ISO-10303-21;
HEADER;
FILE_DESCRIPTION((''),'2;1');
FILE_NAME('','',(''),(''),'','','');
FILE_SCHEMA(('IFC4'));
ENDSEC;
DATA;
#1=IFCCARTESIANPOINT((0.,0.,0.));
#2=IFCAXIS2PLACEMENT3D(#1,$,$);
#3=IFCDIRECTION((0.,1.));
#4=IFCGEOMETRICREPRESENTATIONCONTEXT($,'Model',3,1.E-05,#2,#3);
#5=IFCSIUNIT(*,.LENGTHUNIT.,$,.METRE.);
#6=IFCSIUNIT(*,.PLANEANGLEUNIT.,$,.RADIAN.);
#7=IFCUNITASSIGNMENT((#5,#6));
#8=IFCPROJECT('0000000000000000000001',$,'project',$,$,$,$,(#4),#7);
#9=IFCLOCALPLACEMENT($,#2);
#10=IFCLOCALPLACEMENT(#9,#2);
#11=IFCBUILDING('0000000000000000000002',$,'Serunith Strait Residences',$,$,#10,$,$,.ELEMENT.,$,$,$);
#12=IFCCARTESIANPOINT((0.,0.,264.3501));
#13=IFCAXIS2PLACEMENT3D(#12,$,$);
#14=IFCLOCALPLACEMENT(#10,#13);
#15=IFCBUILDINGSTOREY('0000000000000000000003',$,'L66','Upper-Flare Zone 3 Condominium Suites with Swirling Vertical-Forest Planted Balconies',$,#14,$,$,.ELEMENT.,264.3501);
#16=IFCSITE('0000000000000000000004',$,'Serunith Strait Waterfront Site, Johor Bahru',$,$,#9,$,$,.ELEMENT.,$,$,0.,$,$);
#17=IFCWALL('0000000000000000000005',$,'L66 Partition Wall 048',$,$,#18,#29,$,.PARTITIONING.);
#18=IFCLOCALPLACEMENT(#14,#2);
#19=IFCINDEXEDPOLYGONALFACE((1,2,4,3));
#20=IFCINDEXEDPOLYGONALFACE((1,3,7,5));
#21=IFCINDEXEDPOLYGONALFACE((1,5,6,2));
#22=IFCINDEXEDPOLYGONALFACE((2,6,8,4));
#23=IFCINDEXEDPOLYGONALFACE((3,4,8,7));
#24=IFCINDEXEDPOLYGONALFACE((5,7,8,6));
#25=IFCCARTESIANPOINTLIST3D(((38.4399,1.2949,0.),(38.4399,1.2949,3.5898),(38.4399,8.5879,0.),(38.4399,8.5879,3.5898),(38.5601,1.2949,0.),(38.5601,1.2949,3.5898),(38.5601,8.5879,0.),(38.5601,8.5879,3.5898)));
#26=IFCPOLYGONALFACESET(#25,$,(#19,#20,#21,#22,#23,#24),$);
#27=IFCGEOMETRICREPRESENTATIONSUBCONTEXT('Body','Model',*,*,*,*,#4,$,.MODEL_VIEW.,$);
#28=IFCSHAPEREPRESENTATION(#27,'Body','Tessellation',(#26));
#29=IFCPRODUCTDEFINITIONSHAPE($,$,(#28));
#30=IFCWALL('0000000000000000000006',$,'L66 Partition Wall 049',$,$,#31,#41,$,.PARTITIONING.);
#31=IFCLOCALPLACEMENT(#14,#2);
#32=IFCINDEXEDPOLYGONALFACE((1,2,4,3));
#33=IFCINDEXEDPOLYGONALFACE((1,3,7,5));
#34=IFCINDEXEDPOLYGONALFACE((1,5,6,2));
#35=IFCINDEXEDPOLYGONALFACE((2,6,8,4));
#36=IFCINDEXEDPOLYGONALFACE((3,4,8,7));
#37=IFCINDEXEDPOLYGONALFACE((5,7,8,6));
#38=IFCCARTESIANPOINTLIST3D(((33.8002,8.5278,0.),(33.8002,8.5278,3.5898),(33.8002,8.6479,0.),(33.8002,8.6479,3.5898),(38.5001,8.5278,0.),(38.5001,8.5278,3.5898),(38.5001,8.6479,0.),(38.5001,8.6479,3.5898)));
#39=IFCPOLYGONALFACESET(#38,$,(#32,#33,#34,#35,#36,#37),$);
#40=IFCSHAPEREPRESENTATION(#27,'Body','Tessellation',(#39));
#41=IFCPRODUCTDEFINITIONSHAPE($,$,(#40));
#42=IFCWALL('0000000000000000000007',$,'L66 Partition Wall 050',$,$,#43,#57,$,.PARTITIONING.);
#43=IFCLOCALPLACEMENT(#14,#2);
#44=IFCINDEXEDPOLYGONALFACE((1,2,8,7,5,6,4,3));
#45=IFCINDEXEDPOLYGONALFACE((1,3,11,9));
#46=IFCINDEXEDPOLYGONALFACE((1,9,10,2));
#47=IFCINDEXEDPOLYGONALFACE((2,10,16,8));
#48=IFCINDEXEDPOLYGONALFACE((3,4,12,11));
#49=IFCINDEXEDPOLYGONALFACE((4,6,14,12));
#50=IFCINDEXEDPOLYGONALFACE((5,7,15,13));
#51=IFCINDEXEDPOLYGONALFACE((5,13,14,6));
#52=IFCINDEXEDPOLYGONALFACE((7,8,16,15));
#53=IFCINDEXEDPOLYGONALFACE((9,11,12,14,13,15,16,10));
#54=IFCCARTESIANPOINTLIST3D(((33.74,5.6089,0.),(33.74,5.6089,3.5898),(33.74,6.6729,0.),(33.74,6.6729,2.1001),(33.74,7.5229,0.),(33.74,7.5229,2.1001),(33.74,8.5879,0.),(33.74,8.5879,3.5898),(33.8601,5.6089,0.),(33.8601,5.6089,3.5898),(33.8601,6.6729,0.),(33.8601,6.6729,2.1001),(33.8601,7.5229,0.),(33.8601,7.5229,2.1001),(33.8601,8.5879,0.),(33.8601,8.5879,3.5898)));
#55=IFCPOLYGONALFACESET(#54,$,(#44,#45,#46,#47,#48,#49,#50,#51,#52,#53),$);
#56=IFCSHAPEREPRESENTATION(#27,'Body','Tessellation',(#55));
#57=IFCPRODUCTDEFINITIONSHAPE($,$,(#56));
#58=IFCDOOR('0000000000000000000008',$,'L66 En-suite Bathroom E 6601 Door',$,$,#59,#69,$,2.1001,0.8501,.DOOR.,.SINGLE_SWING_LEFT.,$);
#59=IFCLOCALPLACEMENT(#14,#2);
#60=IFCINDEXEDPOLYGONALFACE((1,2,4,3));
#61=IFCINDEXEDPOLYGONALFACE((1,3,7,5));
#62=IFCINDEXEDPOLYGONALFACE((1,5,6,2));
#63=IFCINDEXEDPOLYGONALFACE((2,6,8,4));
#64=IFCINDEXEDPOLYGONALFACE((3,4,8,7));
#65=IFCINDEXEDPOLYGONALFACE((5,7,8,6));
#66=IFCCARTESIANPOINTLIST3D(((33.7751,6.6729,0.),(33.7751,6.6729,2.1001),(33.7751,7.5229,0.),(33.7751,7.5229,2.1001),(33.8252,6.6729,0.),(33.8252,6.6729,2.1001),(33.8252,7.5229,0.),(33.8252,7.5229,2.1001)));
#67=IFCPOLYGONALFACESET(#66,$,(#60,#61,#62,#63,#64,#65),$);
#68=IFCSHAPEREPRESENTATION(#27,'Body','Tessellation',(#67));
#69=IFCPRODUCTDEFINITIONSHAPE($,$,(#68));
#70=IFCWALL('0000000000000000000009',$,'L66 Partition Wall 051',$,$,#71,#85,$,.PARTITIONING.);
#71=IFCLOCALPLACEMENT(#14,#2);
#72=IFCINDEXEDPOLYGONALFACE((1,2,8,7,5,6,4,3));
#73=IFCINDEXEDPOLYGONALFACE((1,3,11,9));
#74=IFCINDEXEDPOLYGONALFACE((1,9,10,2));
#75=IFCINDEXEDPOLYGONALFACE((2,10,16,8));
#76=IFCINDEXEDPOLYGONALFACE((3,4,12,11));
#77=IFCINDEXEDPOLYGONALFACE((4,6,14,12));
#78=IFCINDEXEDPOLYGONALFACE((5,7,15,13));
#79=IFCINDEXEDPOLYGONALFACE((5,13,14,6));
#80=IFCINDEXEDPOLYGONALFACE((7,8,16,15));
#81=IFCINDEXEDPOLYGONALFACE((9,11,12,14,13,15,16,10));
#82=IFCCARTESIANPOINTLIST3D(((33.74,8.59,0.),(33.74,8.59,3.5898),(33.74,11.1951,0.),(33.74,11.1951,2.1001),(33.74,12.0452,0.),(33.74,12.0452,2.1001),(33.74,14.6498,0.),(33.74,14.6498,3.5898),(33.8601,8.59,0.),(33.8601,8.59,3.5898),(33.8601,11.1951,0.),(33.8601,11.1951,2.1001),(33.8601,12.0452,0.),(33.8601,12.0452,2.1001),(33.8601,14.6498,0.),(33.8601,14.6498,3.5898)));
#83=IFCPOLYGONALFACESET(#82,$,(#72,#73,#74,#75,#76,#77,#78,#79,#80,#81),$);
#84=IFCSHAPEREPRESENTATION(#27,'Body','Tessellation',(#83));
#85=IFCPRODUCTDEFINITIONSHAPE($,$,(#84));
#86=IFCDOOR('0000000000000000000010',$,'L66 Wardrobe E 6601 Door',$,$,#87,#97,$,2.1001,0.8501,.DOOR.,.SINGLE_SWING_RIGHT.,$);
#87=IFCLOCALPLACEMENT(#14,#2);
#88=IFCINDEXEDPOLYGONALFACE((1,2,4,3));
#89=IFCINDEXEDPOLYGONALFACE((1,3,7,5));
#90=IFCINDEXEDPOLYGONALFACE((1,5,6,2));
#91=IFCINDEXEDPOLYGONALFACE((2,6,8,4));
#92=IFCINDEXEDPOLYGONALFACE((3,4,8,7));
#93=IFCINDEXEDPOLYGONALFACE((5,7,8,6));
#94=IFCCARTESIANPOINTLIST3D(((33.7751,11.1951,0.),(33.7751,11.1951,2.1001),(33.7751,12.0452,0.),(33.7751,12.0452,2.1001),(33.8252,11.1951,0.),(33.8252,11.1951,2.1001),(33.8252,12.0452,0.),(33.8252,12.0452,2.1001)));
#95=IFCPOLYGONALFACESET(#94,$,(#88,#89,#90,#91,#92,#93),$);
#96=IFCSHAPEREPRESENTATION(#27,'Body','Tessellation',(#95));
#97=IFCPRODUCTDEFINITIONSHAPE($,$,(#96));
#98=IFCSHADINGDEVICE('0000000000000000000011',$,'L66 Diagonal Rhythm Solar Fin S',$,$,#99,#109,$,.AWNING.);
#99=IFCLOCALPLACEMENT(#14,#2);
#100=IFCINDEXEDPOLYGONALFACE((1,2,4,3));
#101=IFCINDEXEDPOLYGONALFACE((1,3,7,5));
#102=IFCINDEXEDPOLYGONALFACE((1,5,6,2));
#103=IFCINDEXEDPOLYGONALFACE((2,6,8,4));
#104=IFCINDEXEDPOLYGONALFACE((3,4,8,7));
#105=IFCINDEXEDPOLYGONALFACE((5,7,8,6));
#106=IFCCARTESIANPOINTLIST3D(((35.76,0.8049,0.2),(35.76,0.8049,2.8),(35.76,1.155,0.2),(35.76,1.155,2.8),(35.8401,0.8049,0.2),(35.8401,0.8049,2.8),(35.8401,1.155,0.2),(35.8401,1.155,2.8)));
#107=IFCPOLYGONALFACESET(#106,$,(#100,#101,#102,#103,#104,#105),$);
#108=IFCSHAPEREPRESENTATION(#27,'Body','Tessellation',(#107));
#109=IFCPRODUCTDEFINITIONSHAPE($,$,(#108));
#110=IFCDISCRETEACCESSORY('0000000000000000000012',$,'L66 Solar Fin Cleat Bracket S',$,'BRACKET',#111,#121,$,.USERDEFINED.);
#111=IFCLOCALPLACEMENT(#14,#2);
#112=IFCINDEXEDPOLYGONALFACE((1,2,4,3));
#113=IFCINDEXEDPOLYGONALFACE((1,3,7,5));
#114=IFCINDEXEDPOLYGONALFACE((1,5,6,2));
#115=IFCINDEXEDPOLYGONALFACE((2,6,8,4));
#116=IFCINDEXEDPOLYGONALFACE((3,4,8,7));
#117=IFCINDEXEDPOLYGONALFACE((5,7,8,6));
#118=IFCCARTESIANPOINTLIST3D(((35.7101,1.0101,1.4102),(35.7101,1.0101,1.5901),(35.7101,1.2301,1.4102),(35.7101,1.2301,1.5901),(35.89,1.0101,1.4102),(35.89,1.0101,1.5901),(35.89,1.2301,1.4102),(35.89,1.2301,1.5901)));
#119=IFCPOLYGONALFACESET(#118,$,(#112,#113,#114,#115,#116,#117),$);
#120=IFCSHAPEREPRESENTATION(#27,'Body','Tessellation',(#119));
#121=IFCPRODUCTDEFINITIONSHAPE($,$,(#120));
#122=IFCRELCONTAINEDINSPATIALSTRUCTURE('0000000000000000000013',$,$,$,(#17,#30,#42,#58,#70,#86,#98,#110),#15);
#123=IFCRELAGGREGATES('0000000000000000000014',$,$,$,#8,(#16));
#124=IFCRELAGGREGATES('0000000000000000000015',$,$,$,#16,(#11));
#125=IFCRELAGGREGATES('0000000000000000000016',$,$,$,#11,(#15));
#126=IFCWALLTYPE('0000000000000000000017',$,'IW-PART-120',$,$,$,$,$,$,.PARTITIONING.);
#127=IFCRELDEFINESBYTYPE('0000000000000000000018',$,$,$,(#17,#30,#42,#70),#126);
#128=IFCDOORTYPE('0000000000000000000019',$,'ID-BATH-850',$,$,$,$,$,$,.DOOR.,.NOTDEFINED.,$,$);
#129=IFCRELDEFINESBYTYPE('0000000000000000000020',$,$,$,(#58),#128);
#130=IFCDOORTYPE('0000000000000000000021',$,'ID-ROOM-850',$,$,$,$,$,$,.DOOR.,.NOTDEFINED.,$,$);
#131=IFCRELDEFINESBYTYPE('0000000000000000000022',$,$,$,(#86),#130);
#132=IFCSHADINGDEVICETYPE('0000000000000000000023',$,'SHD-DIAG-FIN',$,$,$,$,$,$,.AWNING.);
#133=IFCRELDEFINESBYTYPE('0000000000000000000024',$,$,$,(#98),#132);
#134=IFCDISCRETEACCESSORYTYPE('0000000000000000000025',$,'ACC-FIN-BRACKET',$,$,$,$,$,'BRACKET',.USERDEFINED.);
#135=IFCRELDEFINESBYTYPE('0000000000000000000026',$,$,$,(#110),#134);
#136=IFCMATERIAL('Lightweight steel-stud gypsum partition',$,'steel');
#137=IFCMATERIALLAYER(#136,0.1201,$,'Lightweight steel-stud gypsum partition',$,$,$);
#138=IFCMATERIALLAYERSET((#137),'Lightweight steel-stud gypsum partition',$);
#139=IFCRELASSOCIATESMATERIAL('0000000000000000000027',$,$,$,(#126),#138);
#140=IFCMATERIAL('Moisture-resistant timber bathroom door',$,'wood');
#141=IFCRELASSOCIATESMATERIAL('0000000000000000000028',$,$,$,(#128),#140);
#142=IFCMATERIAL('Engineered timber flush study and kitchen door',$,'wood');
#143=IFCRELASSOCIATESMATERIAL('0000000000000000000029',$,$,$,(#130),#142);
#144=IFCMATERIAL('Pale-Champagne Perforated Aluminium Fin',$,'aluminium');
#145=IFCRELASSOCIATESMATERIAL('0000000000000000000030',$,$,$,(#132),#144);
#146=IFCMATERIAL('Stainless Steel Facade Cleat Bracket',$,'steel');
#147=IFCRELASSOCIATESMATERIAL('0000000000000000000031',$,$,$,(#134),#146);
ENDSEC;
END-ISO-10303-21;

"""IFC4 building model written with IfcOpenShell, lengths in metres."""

from ifc_helpers import new_model, si_unit, direction, frame, frame_2d, origin, origin_2d, place, context, subcontext, project, spatial, rectangle, extrude, source, transform, mapped, material, layer, layer_set, type_object, element, fill, save


model = new_model("IFC4")

# Units and contexts
model_context = context("Model", 3, precision=1e-05, world=origin(), true_north=direction((0.0, 1.0)))
body_context = subcontext(model_context, "Body", "Model", "MODEL_VIEW")
ifc_project = project(units=[si_unit("LENGTHUNIT", "METRE"), si_unit("PLANEANGLEUNIT", "RADIAN")], contexts=[model_context])

# Site, building, storey
site_placement = place(None, origin())
site = spatial("IfcSite", under=ifc_project, at=site_placement, Name="Serunith Strait Waterfront Site, Johor Bahru", CompositionType="ELEMENT", RefElevation=0.0)
building_placement = place(site_placement, origin())
building = spatial("IfcBuilding", under=site, at=building_placement, Name="Serunith Strait Residences", CompositionType="ELEMENT")
storey_placement = place(building_placement, frame((0.0, 0.0, 264.3501)))
storey = spatial("IfcBuildingStorey", under=building, at=storey_placement, Name="L66", Description="Upper-Flare Zone 3 Condominium Suites with Swirling Vertical-Forest Planted Balconies", CompositionType="ELEMENT", Elevation=264.3501)

# Walls
ifc_material_1 = material(Name="Lightweight steel-stud gypsum partition", Category="steel")
ifc_layer_1 = layer(ifc_material_1, 0.1201, Name="Lightweight steel-stud gypsum partition")
ifc_layer_set_1 = layer_set([ifc_layer_1], Name="Lightweight steel-stud gypsum partition")
wall_type = type_object("IfcWallType", Name="IW-PART-120", PredefinedType="PARTITIONING", material=ifc_layer_set_1)
wall_1_placement = place(storey_placement, frame((38.5, 1.2949, 0.0), z_axis=(0.0, 0.0, 1.0), x_axis=(0.0, 1.0, 0.0)))
element("IfcWall", 1, at=wall_1_placement, inside=storey, type_object=wall_type, Name="L66 Partition Wall 048", PredefinedType="PARTITIONING", context=body_context, shape_type="SweptSolid", body=[
    extrude(rectangle(XDim=7.293, YDim=0.1201, at=frame_2d((3.6465, 0.0))), origin(), (0.0, 0.0, 1.0), 3.5898),
])
wall_2_placement = place(storey_placement, frame((33.8, 8.5879, 0.0), z_axis=(0.0, 0.0, 1.0), x_axis=(1.0, 0.0, 0.0)))
element("IfcWall", 2, at=wall_2_placement, inside=storey, type_object=wall_type, Name="L66 Partition Wall 049", PredefinedType="PARTITIONING", context=body_context, shape_type="SweptSolid", body=[
    extrude(rectangle(XDim=4.7, YDim=0.1201, at=frame_2d((2.3501, 0.0))), origin(), (0.0, 0.0, 1.0), 3.5898),
])

# Walls, openings, doors
wall_3_placement = place(storey_placement, frame((33.8, 5.6089, 0.0), z_axis=(0.0, 0.0, 1.0), x_axis=(0.0, 1.0, 0.0)))
wall_3 = element("IfcWall", 3, at=wall_3_placement, inside=storey, type_object=wall_type, Name="L66 Partition Wall 050", PredefinedType="PARTITIONING", context=body_context, shape_type="SweptSolid", body=[
    extrude(rectangle(XDim=2.979, YDim=0.1201, at=frame_2d((1.4895, 0.0))), origin(), (0.0, 0.0, 1.0), 3.5898),
])
opening_1_placement = place(wall_3_placement, frame((1.064, 0.0, 0.0)))
opening_1 = element("IfcOpeningElement", 4, at=opening_1_placement, cuts=wall_3, PredefinedType="OPENING", context=body_context, shape_type="SweptSolid", body=[
    extrude(rectangle(XDim=0.8501, YDim=2.1001, at=frame_2d((0.425, 1.05))), frame((0.0, 0.0701, 0.0), z_axis=(0.0, -1.0, 0.0), x_axis=(1.0, 0.0, 0.0)), (0.0, 0.0, 1.0), 0.1401),
])
ifc_material_2 = material(Name="Moisture-resistant timber bathroom door", Category="wood")
door_type_1 = type_object("IfcDoorType", Name="ID-BATH-850", OperationType="NOTDEFINED", PredefinedType="DOOR", material=ifc_material_2)
shared_shape_1 = source(origin(), body_context, "Body", "SweptSolid", [
    extrude(rectangle(XDim=0.8501, YDim=2.1001, at=frame_2d((0.425, 1.05))), frame((0.0, 0.0249, 0.0), z_axis=(0.0, -1.0, 0.0), x_axis=(1.0, 0.0, 0.0)), (0.0, 0.0, 1.0), 0.05),
])
door_1_placement = place(opening_1_placement, origin())
door_1 = element("IfcDoor", 5, at=door_1_placement, inside=storey, type_object=door_type_1, Name="L66 En-suite Bathroom E 6601 Door", OperationType="SINGLE_SWING_LEFT", OverallHeight=2.1001, OverallWidth=0.8501, PredefinedType="DOOR", context=body_context, shape_type="MappedRepresentation", body=[
    mapped(shared_shape_1, transform((0.0, 0.0, 0.0), scale=1.0)),
])
fill(opening_1, door_1)
wall_4_placement = place(storey_placement, frame((33.8, 8.5901, 0.0), z_axis=(0.0, 0.0, 1.0), x_axis=(0.0, 1.0, 0.0)))
wall_4 = element("IfcWall", 6, at=wall_4_placement, inside=storey, type_object=wall_type, Name="L66 Partition Wall 051", PredefinedType="PARTITIONING", context=body_context, shape_type="SweptSolid", body=[
    extrude(rectangle(XDim=6.0598, YDim=0.1201, at=frame_2d((3.0298, 0.0))), origin(), (0.0, 0.0, 1.0), 3.5898),
])
opening_2_placement = place(wall_4_placement, frame((2.605, 0.0, 0.0)))
opening_2 = element("IfcOpeningElement", 7, at=opening_2_placement, cuts=wall_4, PredefinedType="OPENING", context=body_context, shape_type="SweptSolid", body=[
    extrude(rectangle(XDim=0.8501, YDim=2.1001, at=frame_2d((0.425, 1.05))), frame((0.0, 0.0701, 0.0), z_axis=(0.0, -1.0, 0.0), x_axis=(1.0, 0.0, 0.0)), (0.0, 0.0, 1.0), 0.1401),
])
ifc_material_3 = material(Name="Engineered timber flush study and kitchen door", Category="wood")
door_type_2 = type_object("IfcDoorType", Name="ID-ROOM-850", OperationType="NOTDEFINED", PredefinedType="DOOR", material=ifc_material_3)
door_2_placement = place(opening_2_placement, origin())
door_2 = element("IfcDoor", 8, at=door_2_placement, inside=storey, type_object=door_type_2, Name="L66 Wardrobe E 6601 Door", OperationType="SINGLE_SWING_RIGHT", OverallHeight=2.1001, OverallWidth=0.8501, PredefinedType="DOOR", context=body_context, shape_type="MappedRepresentation", body=[
    mapped(shared_shape_1, transform((0.0, 0.0, 0.0), scale=1.0)),
])
fill(opening_2, door_2)

# Shading device
ifc_material_4 = material(Name="Pale-Champagne Perforated Aluminium Fin", Category="aluminium")
shading_device_type = type_object("IfcShadingDeviceType", Name="SHD-DIAG-FIN", PredefinedType="AWNING", material=ifc_material_4)
shared_shape_2 = source(origin(), body_context, "Body", "SweptSolid", [
    extrude(rectangle(XDim=0.0801, YDim=0.3501, at=origin_2d()), origin(), (0.0, 0.0, 1.0), 2.6001),
])
shading_device_placement = place(storey_placement, frame((35.8, 0.98, 0.2), z_axis=(0.0, 0.0, 1.0), x_axis=(1.0, 0.0, 0.0)))
element("IfcShadingDevice", 9, at=shading_device_placement, inside=storey, type_object=shading_device_type, Name="L66 Diagonal Rhythm Solar Fin S", PredefinedType="AWNING", context=body_context, shape_type="MappedRepresentation", body=[
    mapped(shared_shape_2, transform((0.0, 0.0, 0.0), scale=1.0)),
])

# Discrete accessory
ifc_material_5 = material(Name="Stainless Steel Facade Cleat Bracket", Category="steel")
discrete_accessory_type = type_object("IfcDiscreteAccessoryType", Name="ACC-FIN-BRACKET", ElementType="BRACKET", PredefinedType="USERDEFINED", material=ifc_material_5)
shared_shape_3 = source(origin(), body_context, "Body", "SweptSolid", [
    extrude(rectangle(XDim=0.1799, YDim=0.22, at=origin_2d()), origin(), (0.0, 0.0, 1.0), 0.1799),
])
discrete_accessory_placement = place(storey_placement, frame((35.8, 1.1201, 1.4102), z_axis=(0.0, 0.0, 1.0), x_axis=(1.0, 0.0, 0.0)))
element("IfcDiscreteAccessory", 10, at=discrete_accessory_placement, inside=storey, type_object=discrete_accessory_type, Name="L66 Solar Fin Cleat Bracket S", ObjectType="BRACKET", PredefinedType="USERDEFINED", context=body_context, shape_type="MappedRepresentation", body=[
    mapped(shared_shape_3, transform((0.0, 0.0, 0.0), scale=1.0)),
])

save(model, "model.ifc")
